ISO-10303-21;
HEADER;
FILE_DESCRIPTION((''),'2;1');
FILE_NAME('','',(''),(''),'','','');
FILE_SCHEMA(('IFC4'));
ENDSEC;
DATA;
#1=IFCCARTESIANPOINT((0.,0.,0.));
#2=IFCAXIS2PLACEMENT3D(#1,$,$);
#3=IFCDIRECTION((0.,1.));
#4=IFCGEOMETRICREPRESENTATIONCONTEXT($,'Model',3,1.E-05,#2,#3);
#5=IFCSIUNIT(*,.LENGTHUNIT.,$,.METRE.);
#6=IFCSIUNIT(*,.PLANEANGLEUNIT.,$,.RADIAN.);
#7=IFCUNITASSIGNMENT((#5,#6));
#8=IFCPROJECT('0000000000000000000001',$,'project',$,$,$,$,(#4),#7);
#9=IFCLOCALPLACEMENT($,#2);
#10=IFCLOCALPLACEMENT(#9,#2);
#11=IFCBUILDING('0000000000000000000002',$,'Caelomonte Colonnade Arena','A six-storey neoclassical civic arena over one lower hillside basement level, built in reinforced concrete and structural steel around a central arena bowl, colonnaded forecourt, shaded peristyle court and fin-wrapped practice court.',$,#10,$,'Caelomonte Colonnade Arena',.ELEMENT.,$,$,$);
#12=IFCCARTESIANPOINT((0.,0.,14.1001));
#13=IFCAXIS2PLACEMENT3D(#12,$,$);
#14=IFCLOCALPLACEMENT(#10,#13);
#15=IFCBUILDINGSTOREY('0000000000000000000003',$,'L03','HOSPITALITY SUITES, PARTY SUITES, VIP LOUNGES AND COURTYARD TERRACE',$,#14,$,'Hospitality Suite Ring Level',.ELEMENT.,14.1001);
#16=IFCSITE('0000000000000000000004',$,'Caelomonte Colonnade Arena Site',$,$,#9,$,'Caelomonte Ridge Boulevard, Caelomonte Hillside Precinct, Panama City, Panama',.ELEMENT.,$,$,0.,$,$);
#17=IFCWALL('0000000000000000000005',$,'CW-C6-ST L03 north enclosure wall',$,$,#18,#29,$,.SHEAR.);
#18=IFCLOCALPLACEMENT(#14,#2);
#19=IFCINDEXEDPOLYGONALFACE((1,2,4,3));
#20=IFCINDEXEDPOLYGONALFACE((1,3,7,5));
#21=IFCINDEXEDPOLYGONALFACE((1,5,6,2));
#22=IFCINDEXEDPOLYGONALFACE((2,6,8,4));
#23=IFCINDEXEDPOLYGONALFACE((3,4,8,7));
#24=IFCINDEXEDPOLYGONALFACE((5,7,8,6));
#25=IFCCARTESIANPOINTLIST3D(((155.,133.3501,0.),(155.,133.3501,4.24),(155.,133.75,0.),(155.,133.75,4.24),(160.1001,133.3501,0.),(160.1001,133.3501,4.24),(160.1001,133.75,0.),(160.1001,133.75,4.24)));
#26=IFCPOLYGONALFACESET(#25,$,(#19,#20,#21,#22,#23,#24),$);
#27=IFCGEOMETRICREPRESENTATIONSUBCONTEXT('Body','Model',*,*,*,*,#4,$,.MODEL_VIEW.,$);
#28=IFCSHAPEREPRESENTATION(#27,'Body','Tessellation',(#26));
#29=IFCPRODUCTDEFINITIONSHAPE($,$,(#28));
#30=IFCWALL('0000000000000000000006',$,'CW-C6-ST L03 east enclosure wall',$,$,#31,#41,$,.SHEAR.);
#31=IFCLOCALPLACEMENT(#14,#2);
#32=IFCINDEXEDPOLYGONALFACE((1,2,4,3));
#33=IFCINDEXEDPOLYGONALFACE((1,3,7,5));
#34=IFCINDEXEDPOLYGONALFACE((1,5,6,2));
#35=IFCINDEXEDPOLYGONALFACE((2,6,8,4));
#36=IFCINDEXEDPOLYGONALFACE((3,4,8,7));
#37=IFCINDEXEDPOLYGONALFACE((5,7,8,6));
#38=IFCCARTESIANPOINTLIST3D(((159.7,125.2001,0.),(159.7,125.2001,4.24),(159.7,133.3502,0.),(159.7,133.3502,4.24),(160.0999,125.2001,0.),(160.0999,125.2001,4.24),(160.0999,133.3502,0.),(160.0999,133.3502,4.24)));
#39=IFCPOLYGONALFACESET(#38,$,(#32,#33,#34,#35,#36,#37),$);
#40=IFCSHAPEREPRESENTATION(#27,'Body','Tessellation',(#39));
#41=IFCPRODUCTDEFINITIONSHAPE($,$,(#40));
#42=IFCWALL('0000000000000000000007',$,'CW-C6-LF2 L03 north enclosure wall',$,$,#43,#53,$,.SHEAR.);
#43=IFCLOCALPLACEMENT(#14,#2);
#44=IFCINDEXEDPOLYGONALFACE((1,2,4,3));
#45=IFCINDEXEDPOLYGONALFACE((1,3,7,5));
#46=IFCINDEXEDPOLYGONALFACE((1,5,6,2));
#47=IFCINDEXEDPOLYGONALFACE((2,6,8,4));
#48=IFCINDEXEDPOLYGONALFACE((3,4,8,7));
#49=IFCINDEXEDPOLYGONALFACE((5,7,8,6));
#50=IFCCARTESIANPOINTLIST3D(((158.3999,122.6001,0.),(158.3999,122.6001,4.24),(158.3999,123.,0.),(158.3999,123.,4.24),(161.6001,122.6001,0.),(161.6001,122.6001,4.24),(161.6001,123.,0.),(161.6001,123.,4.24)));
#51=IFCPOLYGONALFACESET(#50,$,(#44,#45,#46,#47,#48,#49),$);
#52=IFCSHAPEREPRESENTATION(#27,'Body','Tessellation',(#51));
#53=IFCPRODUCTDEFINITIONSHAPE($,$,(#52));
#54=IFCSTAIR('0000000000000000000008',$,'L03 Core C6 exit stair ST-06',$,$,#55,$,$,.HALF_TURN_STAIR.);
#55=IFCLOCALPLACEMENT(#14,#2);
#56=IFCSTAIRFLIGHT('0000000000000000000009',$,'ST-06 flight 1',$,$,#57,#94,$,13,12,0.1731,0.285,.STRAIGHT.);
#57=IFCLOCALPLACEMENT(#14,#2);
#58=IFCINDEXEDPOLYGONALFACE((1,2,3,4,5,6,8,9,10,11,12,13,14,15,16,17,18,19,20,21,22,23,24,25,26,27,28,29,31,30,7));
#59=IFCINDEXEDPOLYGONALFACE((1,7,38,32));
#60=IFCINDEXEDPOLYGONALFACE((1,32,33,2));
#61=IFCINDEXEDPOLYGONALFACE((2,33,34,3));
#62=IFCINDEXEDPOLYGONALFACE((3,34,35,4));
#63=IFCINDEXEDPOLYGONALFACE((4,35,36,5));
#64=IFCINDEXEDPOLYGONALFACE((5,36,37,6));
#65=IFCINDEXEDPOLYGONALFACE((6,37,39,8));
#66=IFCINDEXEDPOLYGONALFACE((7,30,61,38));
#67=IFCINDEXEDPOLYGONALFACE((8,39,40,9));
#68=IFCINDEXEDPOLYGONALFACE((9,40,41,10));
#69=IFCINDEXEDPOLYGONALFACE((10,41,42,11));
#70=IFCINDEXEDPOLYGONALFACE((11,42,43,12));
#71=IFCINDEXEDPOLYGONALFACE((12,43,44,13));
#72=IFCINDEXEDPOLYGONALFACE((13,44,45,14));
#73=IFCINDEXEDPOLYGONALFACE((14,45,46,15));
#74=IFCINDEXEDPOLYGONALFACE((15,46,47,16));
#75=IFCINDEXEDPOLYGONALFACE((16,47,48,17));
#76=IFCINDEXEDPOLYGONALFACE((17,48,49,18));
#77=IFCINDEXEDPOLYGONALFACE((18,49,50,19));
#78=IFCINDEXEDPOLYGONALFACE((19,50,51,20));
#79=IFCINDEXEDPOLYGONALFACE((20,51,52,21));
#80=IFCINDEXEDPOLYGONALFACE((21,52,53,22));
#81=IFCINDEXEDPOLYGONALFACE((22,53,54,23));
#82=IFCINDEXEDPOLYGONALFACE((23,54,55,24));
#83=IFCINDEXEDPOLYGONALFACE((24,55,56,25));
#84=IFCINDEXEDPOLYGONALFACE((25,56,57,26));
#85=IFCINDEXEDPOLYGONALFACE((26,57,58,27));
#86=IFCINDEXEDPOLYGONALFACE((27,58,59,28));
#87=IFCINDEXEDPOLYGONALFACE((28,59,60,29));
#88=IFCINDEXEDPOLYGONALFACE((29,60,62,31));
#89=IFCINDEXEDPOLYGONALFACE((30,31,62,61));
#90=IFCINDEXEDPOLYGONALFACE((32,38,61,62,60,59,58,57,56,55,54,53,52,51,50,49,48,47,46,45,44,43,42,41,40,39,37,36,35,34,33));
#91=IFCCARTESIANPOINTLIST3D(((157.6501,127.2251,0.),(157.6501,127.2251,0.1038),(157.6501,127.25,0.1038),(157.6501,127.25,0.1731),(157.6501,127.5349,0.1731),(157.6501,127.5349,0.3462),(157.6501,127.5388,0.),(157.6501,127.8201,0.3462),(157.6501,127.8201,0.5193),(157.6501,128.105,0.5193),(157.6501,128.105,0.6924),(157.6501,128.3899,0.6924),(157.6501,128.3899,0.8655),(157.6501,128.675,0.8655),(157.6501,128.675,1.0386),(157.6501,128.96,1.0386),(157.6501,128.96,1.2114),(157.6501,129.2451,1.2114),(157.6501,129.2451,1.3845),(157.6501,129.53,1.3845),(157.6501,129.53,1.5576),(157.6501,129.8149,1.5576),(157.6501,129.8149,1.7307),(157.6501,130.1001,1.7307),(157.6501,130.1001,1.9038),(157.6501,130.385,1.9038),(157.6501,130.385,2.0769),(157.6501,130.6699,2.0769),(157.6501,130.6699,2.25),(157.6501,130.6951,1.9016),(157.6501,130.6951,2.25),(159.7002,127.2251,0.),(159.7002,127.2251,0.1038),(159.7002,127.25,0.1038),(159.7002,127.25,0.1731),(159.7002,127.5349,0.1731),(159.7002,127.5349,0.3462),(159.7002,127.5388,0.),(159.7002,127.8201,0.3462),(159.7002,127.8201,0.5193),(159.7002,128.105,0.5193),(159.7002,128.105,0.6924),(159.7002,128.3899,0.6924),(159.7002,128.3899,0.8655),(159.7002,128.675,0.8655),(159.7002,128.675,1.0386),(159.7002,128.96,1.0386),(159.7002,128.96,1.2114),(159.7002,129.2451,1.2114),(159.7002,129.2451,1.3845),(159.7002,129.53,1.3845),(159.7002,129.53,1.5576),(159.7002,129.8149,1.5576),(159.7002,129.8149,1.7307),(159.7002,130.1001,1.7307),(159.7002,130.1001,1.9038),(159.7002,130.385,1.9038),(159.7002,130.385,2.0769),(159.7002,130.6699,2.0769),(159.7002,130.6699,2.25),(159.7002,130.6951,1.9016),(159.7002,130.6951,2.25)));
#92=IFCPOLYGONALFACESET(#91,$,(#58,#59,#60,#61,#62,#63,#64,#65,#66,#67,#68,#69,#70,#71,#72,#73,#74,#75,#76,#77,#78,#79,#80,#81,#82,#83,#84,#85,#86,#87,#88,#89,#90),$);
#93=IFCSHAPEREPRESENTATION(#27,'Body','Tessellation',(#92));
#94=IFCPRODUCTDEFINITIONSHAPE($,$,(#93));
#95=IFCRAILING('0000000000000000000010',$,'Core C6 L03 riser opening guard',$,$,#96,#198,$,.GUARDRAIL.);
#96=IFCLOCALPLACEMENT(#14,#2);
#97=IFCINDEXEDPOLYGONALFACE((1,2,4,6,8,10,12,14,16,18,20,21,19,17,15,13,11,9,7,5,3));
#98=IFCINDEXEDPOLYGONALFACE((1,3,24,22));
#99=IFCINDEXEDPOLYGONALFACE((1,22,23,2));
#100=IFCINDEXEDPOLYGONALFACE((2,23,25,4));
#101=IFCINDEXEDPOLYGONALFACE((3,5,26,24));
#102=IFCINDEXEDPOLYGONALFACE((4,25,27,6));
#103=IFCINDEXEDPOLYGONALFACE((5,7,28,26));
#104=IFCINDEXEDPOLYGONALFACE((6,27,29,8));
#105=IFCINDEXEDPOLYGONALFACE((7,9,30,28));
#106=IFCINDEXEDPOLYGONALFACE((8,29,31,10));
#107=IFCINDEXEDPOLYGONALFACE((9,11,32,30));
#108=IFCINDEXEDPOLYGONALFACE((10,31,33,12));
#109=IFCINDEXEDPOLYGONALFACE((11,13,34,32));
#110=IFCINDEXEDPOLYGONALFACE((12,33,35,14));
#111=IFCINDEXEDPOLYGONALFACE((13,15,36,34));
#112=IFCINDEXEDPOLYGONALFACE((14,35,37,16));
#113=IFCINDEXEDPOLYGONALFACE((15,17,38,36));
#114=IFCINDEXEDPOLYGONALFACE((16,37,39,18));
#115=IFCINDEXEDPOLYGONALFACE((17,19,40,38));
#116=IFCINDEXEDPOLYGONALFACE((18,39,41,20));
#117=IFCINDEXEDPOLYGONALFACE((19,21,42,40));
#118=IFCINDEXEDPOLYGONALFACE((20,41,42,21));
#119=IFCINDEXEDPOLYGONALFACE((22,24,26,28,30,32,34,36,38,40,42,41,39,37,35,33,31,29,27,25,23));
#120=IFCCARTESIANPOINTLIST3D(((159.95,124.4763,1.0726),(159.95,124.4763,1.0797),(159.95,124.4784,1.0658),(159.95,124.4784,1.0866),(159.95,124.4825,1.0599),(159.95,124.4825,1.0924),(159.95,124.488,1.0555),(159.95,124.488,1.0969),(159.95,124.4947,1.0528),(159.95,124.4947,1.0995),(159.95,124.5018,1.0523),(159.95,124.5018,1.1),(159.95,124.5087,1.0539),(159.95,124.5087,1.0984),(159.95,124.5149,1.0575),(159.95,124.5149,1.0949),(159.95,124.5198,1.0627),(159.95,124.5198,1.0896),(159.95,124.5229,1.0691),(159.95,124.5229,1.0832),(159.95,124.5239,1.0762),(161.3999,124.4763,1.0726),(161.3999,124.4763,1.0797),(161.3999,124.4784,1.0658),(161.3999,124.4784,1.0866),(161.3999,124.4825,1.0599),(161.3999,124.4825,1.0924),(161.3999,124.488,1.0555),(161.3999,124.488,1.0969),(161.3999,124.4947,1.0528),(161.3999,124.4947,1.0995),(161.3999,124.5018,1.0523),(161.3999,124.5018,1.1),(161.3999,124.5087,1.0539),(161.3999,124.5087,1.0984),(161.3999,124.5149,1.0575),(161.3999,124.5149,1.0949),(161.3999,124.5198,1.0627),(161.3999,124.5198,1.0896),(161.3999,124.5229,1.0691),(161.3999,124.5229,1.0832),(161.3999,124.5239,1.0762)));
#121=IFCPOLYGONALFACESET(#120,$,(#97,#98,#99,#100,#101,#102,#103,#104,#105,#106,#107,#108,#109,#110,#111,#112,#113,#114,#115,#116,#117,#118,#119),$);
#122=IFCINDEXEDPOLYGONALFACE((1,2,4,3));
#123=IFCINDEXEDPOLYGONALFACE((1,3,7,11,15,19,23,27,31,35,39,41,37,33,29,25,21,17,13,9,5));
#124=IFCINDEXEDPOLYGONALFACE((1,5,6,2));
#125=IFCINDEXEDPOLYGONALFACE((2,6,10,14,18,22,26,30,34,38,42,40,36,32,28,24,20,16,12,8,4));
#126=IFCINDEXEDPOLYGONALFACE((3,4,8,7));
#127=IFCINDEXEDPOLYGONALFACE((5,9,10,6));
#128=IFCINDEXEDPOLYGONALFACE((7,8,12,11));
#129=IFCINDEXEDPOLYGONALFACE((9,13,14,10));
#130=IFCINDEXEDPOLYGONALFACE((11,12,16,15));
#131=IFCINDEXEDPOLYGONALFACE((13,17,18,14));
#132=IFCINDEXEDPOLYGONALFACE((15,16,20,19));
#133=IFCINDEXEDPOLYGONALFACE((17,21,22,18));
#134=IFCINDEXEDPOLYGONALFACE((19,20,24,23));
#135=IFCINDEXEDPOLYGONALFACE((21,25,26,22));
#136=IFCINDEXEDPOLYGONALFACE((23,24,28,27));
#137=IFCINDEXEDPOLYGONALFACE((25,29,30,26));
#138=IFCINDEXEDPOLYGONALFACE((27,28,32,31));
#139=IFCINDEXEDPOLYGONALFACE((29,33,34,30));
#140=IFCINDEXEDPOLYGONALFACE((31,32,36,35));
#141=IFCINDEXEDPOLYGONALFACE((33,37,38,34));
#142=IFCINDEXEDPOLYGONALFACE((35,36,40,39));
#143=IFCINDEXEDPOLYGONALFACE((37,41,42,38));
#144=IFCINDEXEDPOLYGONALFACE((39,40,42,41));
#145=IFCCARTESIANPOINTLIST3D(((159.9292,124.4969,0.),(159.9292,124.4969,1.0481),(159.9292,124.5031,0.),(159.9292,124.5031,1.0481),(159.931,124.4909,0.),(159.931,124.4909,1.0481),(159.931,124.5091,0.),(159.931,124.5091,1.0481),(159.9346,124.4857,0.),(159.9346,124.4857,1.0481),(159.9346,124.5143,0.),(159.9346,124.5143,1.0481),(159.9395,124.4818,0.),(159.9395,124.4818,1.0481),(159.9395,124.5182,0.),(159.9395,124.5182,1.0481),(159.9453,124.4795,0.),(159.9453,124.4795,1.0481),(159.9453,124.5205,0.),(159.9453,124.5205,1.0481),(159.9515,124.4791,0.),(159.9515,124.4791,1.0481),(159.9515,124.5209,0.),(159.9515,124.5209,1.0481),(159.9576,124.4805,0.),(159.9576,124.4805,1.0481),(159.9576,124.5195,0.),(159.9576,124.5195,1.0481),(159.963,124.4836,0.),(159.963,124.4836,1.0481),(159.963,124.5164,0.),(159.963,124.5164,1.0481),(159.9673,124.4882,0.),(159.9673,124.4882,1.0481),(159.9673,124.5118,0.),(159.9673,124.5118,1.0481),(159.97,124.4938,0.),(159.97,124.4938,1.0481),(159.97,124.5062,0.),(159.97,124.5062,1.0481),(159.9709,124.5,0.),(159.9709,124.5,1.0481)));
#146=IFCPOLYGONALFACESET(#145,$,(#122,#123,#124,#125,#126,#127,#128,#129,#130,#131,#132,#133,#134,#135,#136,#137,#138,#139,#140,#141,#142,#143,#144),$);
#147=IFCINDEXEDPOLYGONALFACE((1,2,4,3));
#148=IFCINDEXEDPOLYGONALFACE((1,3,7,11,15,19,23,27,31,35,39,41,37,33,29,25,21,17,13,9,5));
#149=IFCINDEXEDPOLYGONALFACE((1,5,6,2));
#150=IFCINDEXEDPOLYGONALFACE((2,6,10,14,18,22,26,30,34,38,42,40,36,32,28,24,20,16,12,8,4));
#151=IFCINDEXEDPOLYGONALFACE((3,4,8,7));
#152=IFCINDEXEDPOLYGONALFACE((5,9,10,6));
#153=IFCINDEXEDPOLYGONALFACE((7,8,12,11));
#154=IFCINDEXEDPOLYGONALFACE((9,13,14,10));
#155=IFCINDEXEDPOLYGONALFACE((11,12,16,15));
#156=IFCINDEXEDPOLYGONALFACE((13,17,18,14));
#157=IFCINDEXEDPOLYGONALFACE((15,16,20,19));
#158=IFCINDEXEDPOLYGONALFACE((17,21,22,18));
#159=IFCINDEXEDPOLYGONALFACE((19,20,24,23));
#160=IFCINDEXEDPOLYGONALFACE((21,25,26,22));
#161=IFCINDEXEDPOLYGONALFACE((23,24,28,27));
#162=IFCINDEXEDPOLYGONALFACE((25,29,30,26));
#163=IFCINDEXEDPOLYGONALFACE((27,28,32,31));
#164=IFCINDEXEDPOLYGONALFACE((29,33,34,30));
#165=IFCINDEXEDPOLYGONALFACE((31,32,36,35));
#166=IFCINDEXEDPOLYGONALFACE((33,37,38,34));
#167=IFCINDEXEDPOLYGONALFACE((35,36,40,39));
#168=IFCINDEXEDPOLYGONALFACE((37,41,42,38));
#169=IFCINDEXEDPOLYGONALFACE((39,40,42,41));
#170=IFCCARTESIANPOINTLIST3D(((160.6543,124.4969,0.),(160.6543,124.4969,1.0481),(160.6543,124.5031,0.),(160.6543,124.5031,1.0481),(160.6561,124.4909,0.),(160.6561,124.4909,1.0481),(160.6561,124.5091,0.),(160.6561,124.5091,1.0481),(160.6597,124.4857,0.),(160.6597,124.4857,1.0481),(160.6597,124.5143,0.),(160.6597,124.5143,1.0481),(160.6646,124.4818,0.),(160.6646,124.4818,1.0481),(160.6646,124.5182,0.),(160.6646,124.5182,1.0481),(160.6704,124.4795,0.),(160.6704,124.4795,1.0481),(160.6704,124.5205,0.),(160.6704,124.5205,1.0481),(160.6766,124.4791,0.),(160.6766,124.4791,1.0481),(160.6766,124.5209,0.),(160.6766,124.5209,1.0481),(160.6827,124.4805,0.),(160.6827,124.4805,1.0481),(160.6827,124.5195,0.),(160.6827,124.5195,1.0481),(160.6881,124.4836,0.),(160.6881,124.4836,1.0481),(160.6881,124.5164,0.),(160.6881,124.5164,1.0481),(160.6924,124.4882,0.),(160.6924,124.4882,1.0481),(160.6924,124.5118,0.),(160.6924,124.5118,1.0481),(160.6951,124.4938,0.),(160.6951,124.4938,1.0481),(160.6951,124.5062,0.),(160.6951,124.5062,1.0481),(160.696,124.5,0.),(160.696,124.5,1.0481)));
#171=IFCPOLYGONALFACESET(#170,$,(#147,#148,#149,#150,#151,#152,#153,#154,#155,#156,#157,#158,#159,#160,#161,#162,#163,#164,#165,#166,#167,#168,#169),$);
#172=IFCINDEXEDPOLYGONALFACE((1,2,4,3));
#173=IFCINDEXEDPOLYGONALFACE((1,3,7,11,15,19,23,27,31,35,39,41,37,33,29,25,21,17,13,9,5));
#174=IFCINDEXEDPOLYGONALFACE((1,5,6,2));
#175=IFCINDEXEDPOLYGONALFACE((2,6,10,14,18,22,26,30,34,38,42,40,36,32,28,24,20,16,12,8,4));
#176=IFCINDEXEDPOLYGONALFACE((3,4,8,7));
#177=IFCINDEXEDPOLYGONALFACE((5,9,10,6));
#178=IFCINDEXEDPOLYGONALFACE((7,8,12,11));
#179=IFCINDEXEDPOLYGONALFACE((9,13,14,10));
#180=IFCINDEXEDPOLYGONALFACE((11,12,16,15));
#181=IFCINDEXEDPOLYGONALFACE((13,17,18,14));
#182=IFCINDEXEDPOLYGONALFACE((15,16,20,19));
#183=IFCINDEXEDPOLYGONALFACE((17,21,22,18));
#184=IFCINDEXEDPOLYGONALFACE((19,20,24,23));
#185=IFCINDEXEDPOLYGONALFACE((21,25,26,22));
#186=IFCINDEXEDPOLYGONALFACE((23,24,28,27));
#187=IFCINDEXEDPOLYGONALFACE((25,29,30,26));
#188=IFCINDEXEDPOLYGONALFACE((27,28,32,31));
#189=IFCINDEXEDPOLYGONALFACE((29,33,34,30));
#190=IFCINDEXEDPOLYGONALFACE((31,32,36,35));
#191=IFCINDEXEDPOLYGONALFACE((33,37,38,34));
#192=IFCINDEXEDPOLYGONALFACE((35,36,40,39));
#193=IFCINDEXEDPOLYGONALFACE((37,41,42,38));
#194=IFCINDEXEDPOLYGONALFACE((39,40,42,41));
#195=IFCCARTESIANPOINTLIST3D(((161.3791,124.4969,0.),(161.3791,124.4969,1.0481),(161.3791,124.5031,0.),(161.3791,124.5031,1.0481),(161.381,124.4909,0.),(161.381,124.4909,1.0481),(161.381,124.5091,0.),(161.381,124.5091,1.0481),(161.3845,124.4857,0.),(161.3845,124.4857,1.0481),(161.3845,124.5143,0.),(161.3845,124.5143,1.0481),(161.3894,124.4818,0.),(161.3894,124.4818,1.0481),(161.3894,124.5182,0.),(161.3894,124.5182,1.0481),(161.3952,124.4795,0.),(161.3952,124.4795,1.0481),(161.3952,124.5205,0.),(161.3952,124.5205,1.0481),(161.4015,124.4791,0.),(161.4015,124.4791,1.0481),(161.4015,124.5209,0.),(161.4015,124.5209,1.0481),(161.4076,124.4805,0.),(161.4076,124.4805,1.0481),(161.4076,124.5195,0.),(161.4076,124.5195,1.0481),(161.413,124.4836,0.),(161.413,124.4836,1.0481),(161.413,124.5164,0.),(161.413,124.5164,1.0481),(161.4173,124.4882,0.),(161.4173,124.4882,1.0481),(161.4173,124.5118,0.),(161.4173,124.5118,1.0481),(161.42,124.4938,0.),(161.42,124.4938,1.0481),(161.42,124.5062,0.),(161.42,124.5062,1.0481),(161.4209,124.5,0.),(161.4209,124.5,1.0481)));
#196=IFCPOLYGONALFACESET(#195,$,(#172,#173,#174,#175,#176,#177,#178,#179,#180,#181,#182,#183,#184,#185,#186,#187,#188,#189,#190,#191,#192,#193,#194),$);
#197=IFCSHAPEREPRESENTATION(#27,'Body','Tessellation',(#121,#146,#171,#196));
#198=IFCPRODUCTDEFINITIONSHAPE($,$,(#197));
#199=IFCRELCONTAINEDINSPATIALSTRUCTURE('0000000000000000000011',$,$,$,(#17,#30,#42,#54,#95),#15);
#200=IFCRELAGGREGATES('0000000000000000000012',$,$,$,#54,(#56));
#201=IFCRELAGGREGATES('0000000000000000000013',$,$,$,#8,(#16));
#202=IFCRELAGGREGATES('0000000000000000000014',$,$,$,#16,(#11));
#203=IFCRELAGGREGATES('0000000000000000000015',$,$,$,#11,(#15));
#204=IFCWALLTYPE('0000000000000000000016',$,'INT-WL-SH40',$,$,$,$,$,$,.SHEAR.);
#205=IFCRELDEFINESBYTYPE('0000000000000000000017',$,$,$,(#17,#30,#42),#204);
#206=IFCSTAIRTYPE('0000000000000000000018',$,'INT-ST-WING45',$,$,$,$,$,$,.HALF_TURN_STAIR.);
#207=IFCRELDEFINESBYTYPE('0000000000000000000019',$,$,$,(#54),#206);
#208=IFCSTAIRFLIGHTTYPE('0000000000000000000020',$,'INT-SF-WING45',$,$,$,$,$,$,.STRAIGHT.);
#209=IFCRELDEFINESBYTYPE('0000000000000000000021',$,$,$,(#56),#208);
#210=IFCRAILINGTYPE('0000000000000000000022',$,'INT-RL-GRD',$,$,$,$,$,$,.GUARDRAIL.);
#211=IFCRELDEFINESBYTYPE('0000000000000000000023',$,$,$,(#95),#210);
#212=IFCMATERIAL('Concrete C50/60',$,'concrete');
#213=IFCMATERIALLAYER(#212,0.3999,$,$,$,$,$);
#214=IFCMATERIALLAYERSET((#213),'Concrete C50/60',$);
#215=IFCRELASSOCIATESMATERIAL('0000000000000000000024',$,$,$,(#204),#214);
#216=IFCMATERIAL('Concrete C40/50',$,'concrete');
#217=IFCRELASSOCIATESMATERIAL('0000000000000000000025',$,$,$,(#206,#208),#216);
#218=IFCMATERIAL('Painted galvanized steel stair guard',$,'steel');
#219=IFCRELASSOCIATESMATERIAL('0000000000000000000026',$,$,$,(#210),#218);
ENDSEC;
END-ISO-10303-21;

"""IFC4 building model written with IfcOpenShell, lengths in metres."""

from ifc_helpers import new_model, si_unit, direction, frame, frame_2d, origin, origin_2d, place, context, subcontext, project, spatial, polyline, rectangle, circle, outline, extrude, material, layer, layer_set, type_object, element, aggregate, save


model = new_model("IFC4")

# Units and contexts
model_context = context("Model", 3, precision=1e-05, world=origin(), true_north=direction((0.0, 1.0)))
body_context = subcontext(model_context, "Body", "Model", "MODEL_VIEW")
ifc_project = project(units=[si_unit("LENGTHUNIT", "METRE"), si_unit("PLANEANGLEUNIT", "RADIAN")], contexts=[model_context])

# Site, building, storey
site_placement = place(None, origin())
site = spatial("IfcSite", under=ifc_project, at=site_placement, Name="Caelomonte Colonnade Arena Site", LongName="Caelomonte Ridge Boulevard, Caelomonte Hillside Precinct, Panama City, Panama", CompositionType="ELEMENT", RefElevation=0.0)
building_placement = place(site_placement, origin())
building = spatial("IfcBuilding", under=site, at=building_placement, Name="Caelomonte Colonnade Arena", Description="A six-storey neoclassical civic arena over one lower hillside basement level, built in reinforced concrete and structural steel around a central arena bowl, colonnaded forecourt, shaded peristyle court and fin-wrapped practice court.", LongName="Caelomonte Colonnade Arena", CompositionType="ELEMENT")
storey_placement = place(building_placement, frame((0.0, 0.0, 14.1001)))
storey = spatial("IfcBuildingStorey", under=building, at=storey_placement, Name="L03", Description="HOSPITALITY SUITES, PARTY SUITES, VIP LOUNGES AND COURTYARD TERRACE", LongName="Hospitality Suite Ring Level", CompositionType="ELEMENT", Elevation=14.1001)

# Shared definitions
ifc_material_1 = material(Name="Concrete C40/50", Category="concrete")

# Walls
ifc_material_2 = material(Name="Concrete C50/60", Category="concrete")
ifc_layer_1 = layer(ifc_material_2, 0.3999)
ifc_layer_set_1 = layer_set([ifc_layer_1], Name="Concrete C50/60")
wall_type_1 = type_object("IfcWallType", Name="INT-WL-SH40", PredefinedType="SHEAR", material=ifc_layer_set_1)
wall_1_placement = place(storey_placement, frame((160.1001, 133.55, 0.0), z_axis=(0.0, 0.0, 1.0), x_axis=(-1.0, 0.0, 0.0)))
element("IfcWall", 1, at=wall_1_placement, inside=storey, type_object=wall_type_1, Name="CW-C6-ST L03 north enclosure wall", PredefinedType="SHEAR", context=body_context, shape_type="SweptSolid", body=[
    extrude(rectangle(XDim=5.1001, YDim=0.3999, at=frame_2d((2.55, 0.0))), origin(), (0.0, 0.0, 1.0), 4.24),
])
wall_2_placement = place(storey_placement, frame((159.8999, 125.2, 0.0), z_axis=(0.0, 0.0, 1.0), x_axis=(0.0, 1.0, 0.0)))
element("IfcWall", 2, at=wall_2_placement, inside=storey, type_object=wall_type_1, Name="CW-C6-ST L03 east enclosure wall", PredefinedType="SHEAR", context=body_context, shape_type="SweptSolid", body=[
    extrude(rectangle(XDim=8.1501, YDim=0.3999, at=frame_2d((4.0752, 0.0))), origin(), (0.0, 0.0, 1.0), 4.24),
])
wall_3_placement = place(storey_placement, frame((161.6001, 122.8, 0.0), z_axis=(0.0, 0.0, 1.0), x_axis=(-1.0, 0.0, 0.0)))
element("IfcWall", 3, at=wall_3_placement, inside=storey, type_object=wall_type_1, Name="CW-C6-LF2 L03 north enclosure wall", PredefinedType="SHEAR", context=body_context, shape_type="SweptSolid", body=[
    extrude(rectangle(XDim=3.2002, YDim=0.3999, at=frame_2d((1.6001, 0.0))), origin(), (0.0, 0.0, 1.0), 4.24),
])

# Stair, stair flight
stair_type = type_object("IfcStairType", Name="INT-ST-WING45", PredefinedType="HALF_TURN_STAIR", material=ifc_material_1)
stair_placement = place(storey_placement, origin())
stair = element("IfcStair", 4, at=stair_placement, inside=storey, type_object=stair_type, Name="L03 Core C6 exit stair ST-06", PredefinedType="HALF_TURN_STAIR")
stair_flight_type = type_object("IfcStairFlightType", Name="INT-SF-WING45", PredefinedType="STRAIGHT", material=ifc_material_1)
stair_flight_placement = place(storey_placement, frame((158.675, 127.25, 0.0), z_axis=(0.0, 0.0, 1.0), x_axis=(0.0, 1.0, 0.0)))
stair_flight = element("IfcStairFlight", 5, at=stair_flight_placement, type_object=stair_flight_type, Name="ST-06 flight 1", NumberOfRisers=13, NumberOfTreads=12, PredefinedType="STRAIGHT", RiserHeight=0.1731, TreadLength=0.285, context=body_context, shape_type="SweptSolid", body=[
    extrude(outline(polyline([(-0.0249, 0.0), (-0.0249, 0.1038), (0.0, 0.1038), (0.0, 0.1731), (0.2849, 0.1731), (0.2849, 0.3462), (0.5701, 0.3462), (0.5701, 0.5193), (0.855, 0.5193), (0.855, 0.6924), (1.1399, 0.6924), (1.1399, 0.8655), (1.425, 0.8655), (1.425, 1.0386), (1.71, 1.0386), (1.71, 1.2114), (1.9951, 1.2114), (1.9951, 1.3845), (2.28, 1.3845), (2.28, 1.5576), (2.5649, 1.5576), (2.5649, 1.7307), (2.8501, 1.7307), (2.8501, 1.9038), (3.135, 1.9038), (3.135, 2.0769), (3.4199, 2.0769), (3.4199, 2.25), (3.4451, 2.25), (3.4451, 1.9016), (0.2888, 0.0), (-0.0249, 0.0)])), frame((0.0, 1.0249, 0.0), z_axis=(0.0, -1.0, 0.0), x_axis=(1.0, 0.0, 0.0)), (0.0, 0.0, 1.0), 2.05),
])
aggregate(stair, [stair_flight])

# Railing
ifc_material_3 = material(Name="Painted galvanized steel stair guard", Category="steel")
railing_type_1 = type_object("IfcRailingType", Name="INT-RL-GRD", PredefinedType="GUARDRAIL", material=ifc_material_3)
railing_1_placement = place(storey_placement, frame((159.95, 124.5, 0.0)))
element("IfcRailing", 6, at=railing_1_placement, inside=storey, type_object=railing_type_1, Name="Core C6 L03 riser opening guard", PredefinedType="GUARDRAIL", context=body_context, shape_type="SweptSolid", body=[
    extrude(circle(Radius=0.0239, at=origin_2d()), frame((0.0, 0.0, 1.0762), z_axis=(1.0, 0.0, 0.0), x_axis=(0.0, 1.0, 0.0)), (0.0, 0.0, 1.0), 1.45),
    extrude(circle(Radius=0.021, at=origin_2d()), origin(), (0.0, 0.0, 1.0), 1.0481),
    extrude(circle(Radius=0.021, at=origin_2d()), frame((0.7251, 0.0, 0.0)), (0.0, 0.0, 1.0), 1.0481),
    extrude(circle(Radius=0.021, at=origin_2d()), frame((1.45, 0.0, 0.0)), (0.0, 0.0, 1.0), 1.0481),
])

save(model, "model.ifc")
